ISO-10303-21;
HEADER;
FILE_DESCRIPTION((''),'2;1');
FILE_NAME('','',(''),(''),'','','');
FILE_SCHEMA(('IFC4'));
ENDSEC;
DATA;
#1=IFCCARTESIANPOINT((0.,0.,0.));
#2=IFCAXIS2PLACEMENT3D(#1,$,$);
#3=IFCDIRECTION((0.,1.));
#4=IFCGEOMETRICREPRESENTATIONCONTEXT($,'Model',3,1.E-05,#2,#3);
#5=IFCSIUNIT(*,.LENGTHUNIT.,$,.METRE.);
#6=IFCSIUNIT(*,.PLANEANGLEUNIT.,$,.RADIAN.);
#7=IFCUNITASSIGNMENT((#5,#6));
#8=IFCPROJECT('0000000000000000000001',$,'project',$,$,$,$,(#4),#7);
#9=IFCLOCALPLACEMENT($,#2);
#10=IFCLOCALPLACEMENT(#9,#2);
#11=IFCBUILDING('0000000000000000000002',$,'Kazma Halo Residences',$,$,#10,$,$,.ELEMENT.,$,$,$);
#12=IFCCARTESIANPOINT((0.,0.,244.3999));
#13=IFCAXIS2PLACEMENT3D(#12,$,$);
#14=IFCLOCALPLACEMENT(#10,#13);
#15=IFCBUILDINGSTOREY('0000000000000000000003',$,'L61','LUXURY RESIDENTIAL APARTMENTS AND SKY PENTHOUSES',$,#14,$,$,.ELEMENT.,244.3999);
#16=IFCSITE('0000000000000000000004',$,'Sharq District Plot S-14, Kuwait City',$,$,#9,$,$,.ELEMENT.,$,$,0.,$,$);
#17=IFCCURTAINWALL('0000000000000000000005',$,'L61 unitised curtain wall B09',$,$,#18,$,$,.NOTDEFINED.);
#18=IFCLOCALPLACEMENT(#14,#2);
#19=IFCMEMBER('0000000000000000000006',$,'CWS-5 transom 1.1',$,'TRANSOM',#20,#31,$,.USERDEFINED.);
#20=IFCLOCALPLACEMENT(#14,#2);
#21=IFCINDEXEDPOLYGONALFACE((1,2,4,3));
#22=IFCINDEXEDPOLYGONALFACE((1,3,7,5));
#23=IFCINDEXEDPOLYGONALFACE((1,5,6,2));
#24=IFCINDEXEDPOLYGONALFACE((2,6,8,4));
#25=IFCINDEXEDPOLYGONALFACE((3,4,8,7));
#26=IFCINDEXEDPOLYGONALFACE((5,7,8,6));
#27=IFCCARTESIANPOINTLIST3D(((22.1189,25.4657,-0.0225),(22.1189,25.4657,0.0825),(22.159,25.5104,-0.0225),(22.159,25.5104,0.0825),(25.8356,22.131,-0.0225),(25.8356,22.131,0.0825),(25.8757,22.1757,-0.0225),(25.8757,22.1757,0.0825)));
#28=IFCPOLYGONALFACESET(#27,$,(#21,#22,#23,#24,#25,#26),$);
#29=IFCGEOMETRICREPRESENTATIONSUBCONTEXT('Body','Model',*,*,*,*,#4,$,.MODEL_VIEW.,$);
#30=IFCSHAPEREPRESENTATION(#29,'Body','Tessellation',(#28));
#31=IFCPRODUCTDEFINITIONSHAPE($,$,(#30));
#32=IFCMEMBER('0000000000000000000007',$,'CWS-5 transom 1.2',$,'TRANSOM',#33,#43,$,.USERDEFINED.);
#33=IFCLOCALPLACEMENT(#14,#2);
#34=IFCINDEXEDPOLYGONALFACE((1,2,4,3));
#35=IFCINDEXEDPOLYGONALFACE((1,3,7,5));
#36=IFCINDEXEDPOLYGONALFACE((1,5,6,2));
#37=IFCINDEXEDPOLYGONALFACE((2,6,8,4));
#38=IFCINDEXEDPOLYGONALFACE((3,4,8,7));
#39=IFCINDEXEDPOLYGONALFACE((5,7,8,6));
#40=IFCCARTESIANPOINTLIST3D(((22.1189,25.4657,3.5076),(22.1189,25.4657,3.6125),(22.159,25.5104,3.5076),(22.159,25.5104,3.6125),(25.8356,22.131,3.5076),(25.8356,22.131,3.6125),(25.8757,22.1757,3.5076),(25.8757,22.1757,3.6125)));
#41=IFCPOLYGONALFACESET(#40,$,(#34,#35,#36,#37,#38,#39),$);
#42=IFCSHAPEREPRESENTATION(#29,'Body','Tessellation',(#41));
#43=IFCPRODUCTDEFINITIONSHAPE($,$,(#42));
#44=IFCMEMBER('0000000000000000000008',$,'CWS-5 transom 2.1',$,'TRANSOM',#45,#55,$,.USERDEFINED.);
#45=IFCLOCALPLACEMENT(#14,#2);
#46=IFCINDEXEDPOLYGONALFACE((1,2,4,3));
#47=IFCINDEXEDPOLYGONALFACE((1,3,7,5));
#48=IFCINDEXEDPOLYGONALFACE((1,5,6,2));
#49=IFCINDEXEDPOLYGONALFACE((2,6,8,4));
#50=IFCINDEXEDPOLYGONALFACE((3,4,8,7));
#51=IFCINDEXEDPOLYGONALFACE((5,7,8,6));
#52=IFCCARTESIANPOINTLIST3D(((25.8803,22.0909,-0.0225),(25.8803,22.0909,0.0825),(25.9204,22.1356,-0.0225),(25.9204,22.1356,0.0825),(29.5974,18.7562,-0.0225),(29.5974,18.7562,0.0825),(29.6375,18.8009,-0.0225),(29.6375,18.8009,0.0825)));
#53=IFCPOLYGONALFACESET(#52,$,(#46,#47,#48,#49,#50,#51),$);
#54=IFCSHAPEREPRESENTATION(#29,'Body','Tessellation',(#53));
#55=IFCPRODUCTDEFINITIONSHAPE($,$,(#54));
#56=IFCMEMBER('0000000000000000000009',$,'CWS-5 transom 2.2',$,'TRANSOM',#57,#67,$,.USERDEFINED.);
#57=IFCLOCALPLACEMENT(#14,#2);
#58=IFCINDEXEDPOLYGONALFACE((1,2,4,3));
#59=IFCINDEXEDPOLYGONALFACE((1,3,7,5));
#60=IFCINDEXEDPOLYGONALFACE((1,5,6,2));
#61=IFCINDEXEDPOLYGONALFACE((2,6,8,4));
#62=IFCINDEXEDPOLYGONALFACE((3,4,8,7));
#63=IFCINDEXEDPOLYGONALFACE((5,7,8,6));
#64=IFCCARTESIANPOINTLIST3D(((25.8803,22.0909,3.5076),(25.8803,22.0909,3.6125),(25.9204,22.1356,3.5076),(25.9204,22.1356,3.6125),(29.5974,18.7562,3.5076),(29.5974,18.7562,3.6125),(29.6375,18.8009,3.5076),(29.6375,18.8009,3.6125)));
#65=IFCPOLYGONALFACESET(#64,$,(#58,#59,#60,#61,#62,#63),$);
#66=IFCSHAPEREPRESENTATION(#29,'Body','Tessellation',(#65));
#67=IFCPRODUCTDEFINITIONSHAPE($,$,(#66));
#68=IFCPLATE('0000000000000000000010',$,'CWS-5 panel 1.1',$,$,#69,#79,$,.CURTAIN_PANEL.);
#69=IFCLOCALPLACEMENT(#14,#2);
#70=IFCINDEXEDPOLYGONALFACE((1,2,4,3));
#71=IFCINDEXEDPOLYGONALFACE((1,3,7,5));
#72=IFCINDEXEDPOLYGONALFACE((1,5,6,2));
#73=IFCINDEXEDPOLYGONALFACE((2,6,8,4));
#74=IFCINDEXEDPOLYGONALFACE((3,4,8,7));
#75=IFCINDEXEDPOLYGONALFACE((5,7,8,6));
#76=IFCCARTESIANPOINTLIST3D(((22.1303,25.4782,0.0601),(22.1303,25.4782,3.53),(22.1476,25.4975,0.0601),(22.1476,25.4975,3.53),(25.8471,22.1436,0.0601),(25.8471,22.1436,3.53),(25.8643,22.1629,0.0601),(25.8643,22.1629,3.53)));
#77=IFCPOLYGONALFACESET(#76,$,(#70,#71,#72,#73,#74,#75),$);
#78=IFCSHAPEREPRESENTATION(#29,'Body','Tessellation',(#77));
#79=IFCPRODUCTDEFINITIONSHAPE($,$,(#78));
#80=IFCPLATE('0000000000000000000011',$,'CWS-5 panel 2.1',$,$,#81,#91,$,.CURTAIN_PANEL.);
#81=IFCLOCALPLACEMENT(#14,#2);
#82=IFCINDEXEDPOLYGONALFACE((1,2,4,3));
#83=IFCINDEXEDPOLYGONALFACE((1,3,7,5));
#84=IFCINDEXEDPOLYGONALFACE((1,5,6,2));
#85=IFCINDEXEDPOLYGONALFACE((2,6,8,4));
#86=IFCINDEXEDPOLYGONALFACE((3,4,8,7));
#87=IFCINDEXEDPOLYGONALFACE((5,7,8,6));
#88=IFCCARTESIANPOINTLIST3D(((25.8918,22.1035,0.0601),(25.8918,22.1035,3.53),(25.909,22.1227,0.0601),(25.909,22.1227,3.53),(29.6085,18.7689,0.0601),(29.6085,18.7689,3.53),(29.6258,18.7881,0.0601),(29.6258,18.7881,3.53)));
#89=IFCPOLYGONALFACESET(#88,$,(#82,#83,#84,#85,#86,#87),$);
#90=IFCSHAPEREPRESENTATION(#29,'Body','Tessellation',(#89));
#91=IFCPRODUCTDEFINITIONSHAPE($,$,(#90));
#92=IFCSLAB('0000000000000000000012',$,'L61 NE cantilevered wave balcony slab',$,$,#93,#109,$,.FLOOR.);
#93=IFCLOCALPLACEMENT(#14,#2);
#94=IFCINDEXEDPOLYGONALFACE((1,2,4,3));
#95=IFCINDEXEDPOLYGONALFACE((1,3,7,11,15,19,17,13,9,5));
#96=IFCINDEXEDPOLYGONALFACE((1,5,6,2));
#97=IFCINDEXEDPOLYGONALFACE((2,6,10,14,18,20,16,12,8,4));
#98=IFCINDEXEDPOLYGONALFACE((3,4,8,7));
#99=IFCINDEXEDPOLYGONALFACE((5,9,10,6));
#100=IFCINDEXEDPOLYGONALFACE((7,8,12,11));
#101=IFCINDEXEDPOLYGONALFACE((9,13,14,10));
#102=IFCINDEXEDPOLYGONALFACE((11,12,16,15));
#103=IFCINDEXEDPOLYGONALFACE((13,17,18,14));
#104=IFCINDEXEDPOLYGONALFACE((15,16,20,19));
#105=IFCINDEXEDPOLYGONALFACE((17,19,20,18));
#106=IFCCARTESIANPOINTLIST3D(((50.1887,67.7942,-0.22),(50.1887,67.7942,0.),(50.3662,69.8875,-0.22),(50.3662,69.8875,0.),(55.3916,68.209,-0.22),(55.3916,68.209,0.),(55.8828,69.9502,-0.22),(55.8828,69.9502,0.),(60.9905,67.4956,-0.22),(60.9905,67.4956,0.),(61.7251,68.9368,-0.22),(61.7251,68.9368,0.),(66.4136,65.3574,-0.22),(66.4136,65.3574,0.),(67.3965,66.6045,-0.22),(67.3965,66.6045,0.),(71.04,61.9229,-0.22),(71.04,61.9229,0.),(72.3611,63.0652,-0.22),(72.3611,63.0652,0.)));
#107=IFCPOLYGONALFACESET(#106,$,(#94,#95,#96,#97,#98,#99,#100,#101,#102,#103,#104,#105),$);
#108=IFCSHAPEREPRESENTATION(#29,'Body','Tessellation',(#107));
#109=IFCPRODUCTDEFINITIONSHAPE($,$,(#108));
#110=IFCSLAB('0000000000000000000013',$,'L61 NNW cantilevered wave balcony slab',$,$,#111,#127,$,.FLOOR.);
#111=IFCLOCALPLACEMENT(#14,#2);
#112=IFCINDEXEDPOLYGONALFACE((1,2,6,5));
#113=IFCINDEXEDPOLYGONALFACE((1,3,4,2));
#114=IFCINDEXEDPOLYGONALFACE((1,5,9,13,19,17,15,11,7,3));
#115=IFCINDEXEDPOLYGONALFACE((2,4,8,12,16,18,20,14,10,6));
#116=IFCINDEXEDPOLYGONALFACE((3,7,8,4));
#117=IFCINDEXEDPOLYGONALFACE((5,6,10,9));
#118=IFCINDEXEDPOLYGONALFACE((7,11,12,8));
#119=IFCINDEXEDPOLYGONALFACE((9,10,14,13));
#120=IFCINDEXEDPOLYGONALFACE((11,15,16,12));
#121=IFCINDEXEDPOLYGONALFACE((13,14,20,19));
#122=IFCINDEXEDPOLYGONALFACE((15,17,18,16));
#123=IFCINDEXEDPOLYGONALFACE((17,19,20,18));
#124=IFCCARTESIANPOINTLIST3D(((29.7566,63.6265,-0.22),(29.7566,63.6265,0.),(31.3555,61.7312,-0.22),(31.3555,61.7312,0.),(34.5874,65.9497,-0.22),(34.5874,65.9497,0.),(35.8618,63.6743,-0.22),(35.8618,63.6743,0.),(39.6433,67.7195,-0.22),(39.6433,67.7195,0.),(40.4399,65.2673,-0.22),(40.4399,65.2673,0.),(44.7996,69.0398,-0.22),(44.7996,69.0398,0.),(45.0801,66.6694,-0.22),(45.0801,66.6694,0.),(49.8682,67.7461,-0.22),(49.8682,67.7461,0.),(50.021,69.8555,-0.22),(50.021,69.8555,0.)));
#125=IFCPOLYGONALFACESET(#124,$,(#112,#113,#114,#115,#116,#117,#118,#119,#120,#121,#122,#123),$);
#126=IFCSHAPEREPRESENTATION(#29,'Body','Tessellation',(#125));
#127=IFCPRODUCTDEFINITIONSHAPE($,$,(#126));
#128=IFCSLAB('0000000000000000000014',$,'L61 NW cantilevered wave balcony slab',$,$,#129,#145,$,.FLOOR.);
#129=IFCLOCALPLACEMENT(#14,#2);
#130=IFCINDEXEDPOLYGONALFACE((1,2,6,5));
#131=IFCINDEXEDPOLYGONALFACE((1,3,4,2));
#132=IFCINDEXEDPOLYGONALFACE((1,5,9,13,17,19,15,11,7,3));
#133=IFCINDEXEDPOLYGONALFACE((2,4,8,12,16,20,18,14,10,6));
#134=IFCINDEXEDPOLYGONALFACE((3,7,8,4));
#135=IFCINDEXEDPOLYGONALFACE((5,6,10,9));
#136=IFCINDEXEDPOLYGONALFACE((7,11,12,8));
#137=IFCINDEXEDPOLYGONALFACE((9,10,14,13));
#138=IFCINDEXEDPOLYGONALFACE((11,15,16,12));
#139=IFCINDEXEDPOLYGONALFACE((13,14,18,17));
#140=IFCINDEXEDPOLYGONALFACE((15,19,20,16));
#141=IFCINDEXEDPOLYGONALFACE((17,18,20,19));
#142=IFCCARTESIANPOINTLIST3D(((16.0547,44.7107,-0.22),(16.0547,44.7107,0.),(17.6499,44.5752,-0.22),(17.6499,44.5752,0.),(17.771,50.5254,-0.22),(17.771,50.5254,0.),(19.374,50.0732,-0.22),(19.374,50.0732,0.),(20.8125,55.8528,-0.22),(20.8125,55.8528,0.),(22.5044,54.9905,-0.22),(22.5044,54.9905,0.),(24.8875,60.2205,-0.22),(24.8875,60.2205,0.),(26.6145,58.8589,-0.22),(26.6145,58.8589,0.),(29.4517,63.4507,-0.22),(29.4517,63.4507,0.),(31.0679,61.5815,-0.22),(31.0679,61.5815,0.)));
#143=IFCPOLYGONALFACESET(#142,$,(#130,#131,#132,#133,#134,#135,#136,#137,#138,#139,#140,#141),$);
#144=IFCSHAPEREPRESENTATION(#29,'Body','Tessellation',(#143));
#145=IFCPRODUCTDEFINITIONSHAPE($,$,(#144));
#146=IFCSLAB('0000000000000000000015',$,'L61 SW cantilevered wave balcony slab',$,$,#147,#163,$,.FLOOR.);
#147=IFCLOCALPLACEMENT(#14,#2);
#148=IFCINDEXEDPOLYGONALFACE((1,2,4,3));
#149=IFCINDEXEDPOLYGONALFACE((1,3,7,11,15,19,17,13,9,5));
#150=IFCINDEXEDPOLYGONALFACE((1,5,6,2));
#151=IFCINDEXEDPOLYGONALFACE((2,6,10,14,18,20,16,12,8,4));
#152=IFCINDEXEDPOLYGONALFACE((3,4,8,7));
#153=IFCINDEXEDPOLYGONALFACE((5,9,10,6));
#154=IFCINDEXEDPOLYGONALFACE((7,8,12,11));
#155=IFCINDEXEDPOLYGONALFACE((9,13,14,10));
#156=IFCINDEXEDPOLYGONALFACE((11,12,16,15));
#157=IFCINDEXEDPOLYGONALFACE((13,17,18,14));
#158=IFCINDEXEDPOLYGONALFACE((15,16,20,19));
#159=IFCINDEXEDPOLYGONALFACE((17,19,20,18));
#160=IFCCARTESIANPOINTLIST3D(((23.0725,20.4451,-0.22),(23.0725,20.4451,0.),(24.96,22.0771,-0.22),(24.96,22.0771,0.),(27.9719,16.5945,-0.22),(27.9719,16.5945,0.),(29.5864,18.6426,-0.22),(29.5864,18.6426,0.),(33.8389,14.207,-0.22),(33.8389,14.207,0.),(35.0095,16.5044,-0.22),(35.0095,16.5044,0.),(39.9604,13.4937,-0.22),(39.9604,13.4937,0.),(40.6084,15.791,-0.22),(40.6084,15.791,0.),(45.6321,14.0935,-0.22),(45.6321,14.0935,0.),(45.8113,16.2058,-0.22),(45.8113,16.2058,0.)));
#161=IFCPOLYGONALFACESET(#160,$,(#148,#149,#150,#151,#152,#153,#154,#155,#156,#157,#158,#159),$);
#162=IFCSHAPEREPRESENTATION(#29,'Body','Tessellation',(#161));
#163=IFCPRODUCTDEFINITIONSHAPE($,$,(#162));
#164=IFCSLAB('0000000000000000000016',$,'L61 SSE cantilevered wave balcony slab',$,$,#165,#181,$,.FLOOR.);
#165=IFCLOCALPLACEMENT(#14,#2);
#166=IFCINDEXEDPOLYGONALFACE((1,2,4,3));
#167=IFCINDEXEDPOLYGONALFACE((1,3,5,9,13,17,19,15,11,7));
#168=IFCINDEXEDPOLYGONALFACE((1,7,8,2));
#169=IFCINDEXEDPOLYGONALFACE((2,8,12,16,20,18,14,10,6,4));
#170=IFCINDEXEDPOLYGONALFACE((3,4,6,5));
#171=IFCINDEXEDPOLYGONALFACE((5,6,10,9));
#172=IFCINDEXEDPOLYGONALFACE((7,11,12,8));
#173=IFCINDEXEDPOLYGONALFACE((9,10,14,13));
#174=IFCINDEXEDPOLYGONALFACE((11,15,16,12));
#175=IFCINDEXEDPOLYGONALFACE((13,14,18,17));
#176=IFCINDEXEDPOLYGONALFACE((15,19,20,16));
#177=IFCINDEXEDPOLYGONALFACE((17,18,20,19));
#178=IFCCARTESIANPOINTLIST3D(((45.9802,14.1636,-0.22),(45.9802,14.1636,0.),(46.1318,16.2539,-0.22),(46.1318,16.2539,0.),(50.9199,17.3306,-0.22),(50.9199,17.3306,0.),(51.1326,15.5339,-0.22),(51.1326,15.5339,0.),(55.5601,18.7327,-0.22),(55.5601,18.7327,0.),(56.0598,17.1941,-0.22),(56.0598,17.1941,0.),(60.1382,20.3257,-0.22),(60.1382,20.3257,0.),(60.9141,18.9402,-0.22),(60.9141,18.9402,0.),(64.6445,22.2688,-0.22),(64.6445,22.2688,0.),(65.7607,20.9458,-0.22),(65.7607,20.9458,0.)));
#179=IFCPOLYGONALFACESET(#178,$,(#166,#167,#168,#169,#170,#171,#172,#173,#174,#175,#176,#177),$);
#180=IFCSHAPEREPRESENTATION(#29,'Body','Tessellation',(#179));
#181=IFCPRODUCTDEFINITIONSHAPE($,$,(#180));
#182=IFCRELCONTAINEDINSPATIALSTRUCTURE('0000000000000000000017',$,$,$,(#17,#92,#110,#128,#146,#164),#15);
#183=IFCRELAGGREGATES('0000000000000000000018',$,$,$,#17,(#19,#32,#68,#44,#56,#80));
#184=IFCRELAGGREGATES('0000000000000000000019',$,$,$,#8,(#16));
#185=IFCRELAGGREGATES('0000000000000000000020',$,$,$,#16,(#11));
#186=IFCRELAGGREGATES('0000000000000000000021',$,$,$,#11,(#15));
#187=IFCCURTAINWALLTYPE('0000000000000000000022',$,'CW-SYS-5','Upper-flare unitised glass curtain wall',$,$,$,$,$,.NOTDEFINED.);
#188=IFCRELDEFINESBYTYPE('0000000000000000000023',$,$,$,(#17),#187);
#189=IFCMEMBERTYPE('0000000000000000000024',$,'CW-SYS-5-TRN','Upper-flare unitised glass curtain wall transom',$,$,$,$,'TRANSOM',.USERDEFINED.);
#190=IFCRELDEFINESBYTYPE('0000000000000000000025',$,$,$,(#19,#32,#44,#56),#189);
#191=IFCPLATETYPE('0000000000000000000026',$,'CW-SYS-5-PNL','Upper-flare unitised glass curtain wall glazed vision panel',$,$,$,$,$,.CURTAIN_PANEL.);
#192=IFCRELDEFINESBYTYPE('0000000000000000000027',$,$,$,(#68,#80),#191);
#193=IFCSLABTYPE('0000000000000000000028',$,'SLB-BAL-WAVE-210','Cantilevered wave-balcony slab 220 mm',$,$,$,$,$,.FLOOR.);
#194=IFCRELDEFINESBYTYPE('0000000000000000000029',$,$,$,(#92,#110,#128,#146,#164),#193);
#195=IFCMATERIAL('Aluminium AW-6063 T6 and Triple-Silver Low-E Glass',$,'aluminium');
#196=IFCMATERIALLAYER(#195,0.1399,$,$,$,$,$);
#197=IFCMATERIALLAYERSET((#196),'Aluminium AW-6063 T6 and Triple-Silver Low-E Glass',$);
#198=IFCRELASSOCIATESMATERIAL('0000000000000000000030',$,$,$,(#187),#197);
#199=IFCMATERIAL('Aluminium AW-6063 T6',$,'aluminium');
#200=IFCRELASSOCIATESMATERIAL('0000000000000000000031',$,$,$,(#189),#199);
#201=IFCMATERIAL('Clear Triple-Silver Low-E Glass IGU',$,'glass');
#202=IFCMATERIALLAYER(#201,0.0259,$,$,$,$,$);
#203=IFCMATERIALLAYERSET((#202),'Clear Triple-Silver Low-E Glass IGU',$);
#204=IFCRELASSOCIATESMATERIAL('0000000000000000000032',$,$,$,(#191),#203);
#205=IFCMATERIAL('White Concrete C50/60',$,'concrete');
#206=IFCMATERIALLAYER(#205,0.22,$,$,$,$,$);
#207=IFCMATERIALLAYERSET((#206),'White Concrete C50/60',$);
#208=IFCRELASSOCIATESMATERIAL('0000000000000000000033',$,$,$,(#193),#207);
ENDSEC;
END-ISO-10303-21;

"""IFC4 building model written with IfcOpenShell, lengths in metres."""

from ifc_helpers import new_model, si_unit, direction, frame, origin, origin_2d, place, context, subcontext, project, spatial, polyline, rectangle, outline, extrude, material, layer, layer_set, material_profile, profile_set, type_object, element, aggregate, save


model = new_model("IFC4")

# Units and contexts
model_context = context("Model", 3, precision=1e-05, world=origin(), true_north=direction((0.0, 1.0)))
body_context = subcontext(model_context, "Body", "Model", "MODEL_VIEW")
ifc_project = project(units=[si_unit("LENGTHUNIT", "METRE"), si_unit("PLANEANGLEUNIT", "RADIAN")], contexts=[model_context])

# Site, building, storey
site_placement = place(None, origin())
site = spatial("IfcSite", under=ifc_project, at=site_placement, Name="Sharq District Plot S-14, Kuwait City", CompositionType="ELEMENT", RefElevation=0.0)
building_placement = place(site_placement, origin())
building = spatial("IfcBuilding", under=site, at=building_placement, Name="Kazma Halo Residences", CompositionType="ELEMENT")
storey_placement = place(building_placement, frame((0.0, 0.0, 244.3999)))
storey = spatial("IfcBuildingStorey", under=building, at=storey_placement, Name="L61", Description="LUXURY RESIDENTIAL APARTMENTS AND SKY PENTHOUSES", CompositionType="ELEMENT", Elevation=244.3999)

# Curtain wall, members, plates
ifc_material_1 = material(Name="Aluminium AW-6063 T6 and Triple-Silver Low-E Glass", Category="aluminium")
ifc_layer_1 = layer(ifc_material_1, 0.1399)
ifc_layer_set_1 = layer_set([ifc_layer_1], Name="Aluminium AW-6063 T6 and Triple-Silver Low-E Glass")
curtain_wall_type = type_object("IfcCurtainWallType", Name="CW-SYS-5", Description="Upper-flare unitised glass curtain wall", PredefinedType="NOTDEFINED", material=ifc_layer_set_1)
curtain_wall_placement = place(storey_placement, origin())
curtain_wall = element("IfcCurtainWall", 1, at=curtain_wall_placement, inside=storey, type_object=curtain_wall_type, Name="L61 unitised curtain wall B09", PredefinedType="NOTDEFINED")
ifc_material_2 = material(Name="Aluminium AW-6063 T6", Category="aluminium")
ifc_material_profile_1 = material_profile(ifc_material_2, rectangle(XDim=0.0601, YDim=0.105, at=origin_2d()), Name="CWT-60x105")
ifc_profile_set_1 = profile_set([ifc_material_profile_1], Name="Aluminium AW-6063 T6")
member_type_1 = type_object("IfcMemberType", Name="CW-SYS-5-TRN", Description="Upper-flare unitised glass curtain wall transom", ElementType="TRANSOM", PredefinedType="USERDEFINED", material=ifc_profile_set_1)
member_1_placement = place(storey_placement, frame((22.1389, 25.488, 0.03), z_axis=(0.744329, -0.667813, 0.0), x_axis=(0.667813, 0.744329, 0.0)))
member_1 = element("IfcMember", 2, at=member_1_placement, type_object=member_type_1, Name="CWS-5 transom 1.1", ObjectType="TRANSOM", PredefinedType="USERDEFINED", context=body_context, shape_type="SweptSolid", body=[
    extrude(rectangle(XDim=0.0601, YDim=0.105, at=origin_2d()), origin(), (0.0, 0.0, 1.0), 4.9934),
])
member_2_placement = place(storey_placement, frame((22.1389, 25.488, 3.5601), z_axis=(0.744329, -0.667813, 0.0), x_axis=(0.667813, 0.744329, 0.0)))
member_2 = element("IfcMember", 3, at=member_2_placement, type_object=member_type_1, Name="CWS-5 transom 1.2", ObjectType="TRANSOM", PredefinedType="USERDEFINED", context=body_context, shape_type="SweptSolid", body=[
    extrude(rectangle(XDim=0.0601, YDim=0.105, at=origin_2d()), origin(), (0.0, 0.0, 1.0), 4.9934),
])
member_3_placement = place(storey_placement, frame((25.9004, 22.1133, 0.03), z_axis=(0.744351, -0.667789, 0.0), x_axis=(0.667789, 0.744351, 0.0)))
member_3 = element("IfcMember", 4, at=member_3_placement, type_object=member_type_1, Name="CWS-5 transom 2.1", ObjectType="TRANSOM", PredefinedType="USERDEFINED", context=body_context, shape_type="SweptSolid", body=[
    extrude(rectangle(XDim=0.0601, YDim=0.105, at=origin_2d()), origin(), (0.0, 0.0, 1.0), 4.9937),
])
member_4_placement = place(storey_placement, frame((25.9004, 22.1133, 3.5601), z_axis=(0.744351, -0.667789, 0.0), x_axis=(0.667789, 0.744351, 0.0)))
member_4 = element("IfcMember", 5, at=member_4_placement, type_object=member_type_1, Name="CWS-5 transom 2.2", ObjectType="TRANSOM", PredefinedType="USERDEFINED", context=body_context, shape_type="SweptSolid", body=[
    extrude(rectangle(XDim=0.0601, YDim=0.105, at=origin_2d()), origin(), (0.0, 0.0, 1.0), 4.9937),
])
ifc_material_3 = material(Name="Clear Triple-Silver Low-E Glass IGU", Category="glass")
ifc_layer_2 = layer(ifc_material_3, 0.0259)
ifc_layer_set_2 = layer_set([ifc_layer_2], Name="Clear Triple-Silver Low-E Glass IGU")
plate_type = type_object("IfcPlateType", Name="CW-SYS-5-PNL", Description="Upper-flare unitised glass curtain wall glazed vision panel", PredefinedType="CURTAIN_PANEL", material=ifc_layer_set_2)
plate_1_placement = place(storey_placement, frame((23.9973, 23.8206, 0.0601), z_axis=(0.0, 0.0, 1.0), x_axis=(0.744336, -0.667805, 0.0)))
plate_1 = element("IfcPlate", 6, at=plate_1_placement, type_object=plate_type, Name="CWS-5 panel 1.1", PredefinedType="CURTAIN_PANEL", context=body_context, shape_type="SweptSolid", body=[
    extrude(rectangle(XDim=4.9934, YDim=0.0259, at=origin_2d()), origin(), (0.0, 0.0, 1.0), 3.47),
])
plate_2_placement = place(storey_placement, frame((27.7588, 20.4458, 0.0601), z_axis=(0.0, 0.0, 1.0), x_axis=(0.744336, -0.667805, 0.0)))
plate_2 = element("IfcPlate", 7, at=plate_2_placement, type_object=plate_type, Name="CWS-5 panel 2.1", PredefinedType="CURTAIN_PANEL", context=body_context, shape_type="SweptSolid", body=[
    extrude(rectangle(XDim=4.9934, YDim=0.0259, at=origin_2d()), origin(), (0.0, 0.0, 1.0), 3.47),
])
aggregate(curtain_wall, [member_1, member_2, plate_1, member_3, member_4, plate_2])

# Slabs
ifc_material_4 = material(Name="White Concrete C50/60", Category="concrete")
ifc_layer_3 = layer(ifc_material_4, 0.22)
ifc_layer_set_3 = layer_set([ifc_layer_3], Name="White Concrete C50/60")
slab_type_1 = type_object("IfcSlabType", Name="SLB-BAL-WAVE-210", Description="Cantilevered wave-balcony slab 220 mm", PredefinedType="FLOOR", material=ifc_layer_set_3)
slab_1_placement = place(storey_placement, frame((0.0, 0.0, -0.22)))
element("IfcSlab", 8, at=slab_1_placement, inside=storey, type_object=slab_type_1, Name="L61 NE cantilevered wave balcony slab", PredefinedType="FLOOR", context=body_context, shape_type="SweptSolid", body=[
    extrude(outline(polyline([(71.04, 61.9229), (66.4136, 65.3574), (60.9905, 67.4956), (55.3916, 68.209), (50.1887, 67.7942), (50.3662, 69.8875), (55.8828, 69.9502), (61.7251, 68.9368), (67.3965, 66.6045), (72.3611, 63.0652), (71.04, 61.9229)])), origin(), (0.0, 0.0, 1.0), 0.22),
])
slab_2_placement = place(storey_placement, frame((0.0, 0.0, -0.22)))
element("IfcSlab", 9, at=slab_2_placement, inside=storey, type_object=slab_type_1, Name="L61 NNW cantilevered wave balcony slab", PredefinedType="FLOOR", context=body_context, shape_type="SweptSolid", body=[
    extrude(outline(polyline([(49.8682, 67.7461), (45.0801, 66.6694), (40.4399, 65.2673), (35.8618, 63.6743), (31.3555, 61.7312), (29.7566, 63.6265), (34.5874, 65.9497), (39.6433, 67.7195), (44.7996, 69.0398), (50.021, 69.8555), (49.8682, 67.7461)])), origin(), (0.0, 0.0, 1.0), 0.22),
])
slab_3_placement = place(storey_placement, frame((0.0, 0.0, -0.22)))
element("IfcSlab", 10, at=slab_3_placement, inside=storey, type_object=slab_type_1, Name="L61 NW cantilevered wave balcony slab", PredefinedType="FLOOR", context=body_context, shape_type="SweptSolid", body=[
    extrude(outline(polyline([(31.0679, 61.5815), (26.6145, 58.8589), (22.5044, 54.9905), (19.374, 50.0732), (17.6499, 44.5752), (16.0547, 44.7107), (17.771, 50.5254), (20.8125, 55.8528), (24.8875, 60.2205), (29.4517, 63.4507), (31.0679, 61.5815)])), origin(), (0.0, 0.0, 1.0), 0.22),
])
slab_4_placement = place(storey_placement, frame((0.0, 0.0, -0.22)))
element("IfcSlab", 11, at=slab_4_placement, inside=storey, type_object=slab_type_1, Name="L61 SW cantilevered wave balcony slab", PredefinedType="FLOOR", context=body_context, shape_type="SweptSolid", body=[
    extrude(outline(polyline([(24.96, 22.0771), (29.5864, 18.6426), (35.0095, 16.5044), (40.6084, 15.791), (45.8113, 16.2058), (45.6321, 14.0935), (39.9604, 13.4937), (33.8389, 14.207), (27.9719, 16.5945), (23.0725, 20.4451), (24.96, 22.0771)])), origin(), (0.0, 0.0, 1.0), 0.22),
])
slab_5_placement = place(storey_placement, frame((0.0, 0.0, -0.22)))
element("IfcSlab", 12, at=slab_5_placement, inside=storey, type_object=slab_type_1, Name="L61 SSE cantilevered wave balcony slab", PredefinedType="FLOOR", context=body_context, shape_type="SweptSolid", body=[
    extrude(outline(polyline([(46.1318, 16.2539), (50.9199, 17.3306), (55.5601, 18.7327), (60.1382, 20.3257), (64.6445, 22.2688), (65.7607, 20.9458), (60.9141, 18.9402), (56.0598, 17.1941), (51.1326, 15.5339), (45.9802, 14.1636), (46.1318, 16.2539)])), origin(), (0.0, 0.0, 1.0), 0.22),
])

save(model, "model.ifc")
